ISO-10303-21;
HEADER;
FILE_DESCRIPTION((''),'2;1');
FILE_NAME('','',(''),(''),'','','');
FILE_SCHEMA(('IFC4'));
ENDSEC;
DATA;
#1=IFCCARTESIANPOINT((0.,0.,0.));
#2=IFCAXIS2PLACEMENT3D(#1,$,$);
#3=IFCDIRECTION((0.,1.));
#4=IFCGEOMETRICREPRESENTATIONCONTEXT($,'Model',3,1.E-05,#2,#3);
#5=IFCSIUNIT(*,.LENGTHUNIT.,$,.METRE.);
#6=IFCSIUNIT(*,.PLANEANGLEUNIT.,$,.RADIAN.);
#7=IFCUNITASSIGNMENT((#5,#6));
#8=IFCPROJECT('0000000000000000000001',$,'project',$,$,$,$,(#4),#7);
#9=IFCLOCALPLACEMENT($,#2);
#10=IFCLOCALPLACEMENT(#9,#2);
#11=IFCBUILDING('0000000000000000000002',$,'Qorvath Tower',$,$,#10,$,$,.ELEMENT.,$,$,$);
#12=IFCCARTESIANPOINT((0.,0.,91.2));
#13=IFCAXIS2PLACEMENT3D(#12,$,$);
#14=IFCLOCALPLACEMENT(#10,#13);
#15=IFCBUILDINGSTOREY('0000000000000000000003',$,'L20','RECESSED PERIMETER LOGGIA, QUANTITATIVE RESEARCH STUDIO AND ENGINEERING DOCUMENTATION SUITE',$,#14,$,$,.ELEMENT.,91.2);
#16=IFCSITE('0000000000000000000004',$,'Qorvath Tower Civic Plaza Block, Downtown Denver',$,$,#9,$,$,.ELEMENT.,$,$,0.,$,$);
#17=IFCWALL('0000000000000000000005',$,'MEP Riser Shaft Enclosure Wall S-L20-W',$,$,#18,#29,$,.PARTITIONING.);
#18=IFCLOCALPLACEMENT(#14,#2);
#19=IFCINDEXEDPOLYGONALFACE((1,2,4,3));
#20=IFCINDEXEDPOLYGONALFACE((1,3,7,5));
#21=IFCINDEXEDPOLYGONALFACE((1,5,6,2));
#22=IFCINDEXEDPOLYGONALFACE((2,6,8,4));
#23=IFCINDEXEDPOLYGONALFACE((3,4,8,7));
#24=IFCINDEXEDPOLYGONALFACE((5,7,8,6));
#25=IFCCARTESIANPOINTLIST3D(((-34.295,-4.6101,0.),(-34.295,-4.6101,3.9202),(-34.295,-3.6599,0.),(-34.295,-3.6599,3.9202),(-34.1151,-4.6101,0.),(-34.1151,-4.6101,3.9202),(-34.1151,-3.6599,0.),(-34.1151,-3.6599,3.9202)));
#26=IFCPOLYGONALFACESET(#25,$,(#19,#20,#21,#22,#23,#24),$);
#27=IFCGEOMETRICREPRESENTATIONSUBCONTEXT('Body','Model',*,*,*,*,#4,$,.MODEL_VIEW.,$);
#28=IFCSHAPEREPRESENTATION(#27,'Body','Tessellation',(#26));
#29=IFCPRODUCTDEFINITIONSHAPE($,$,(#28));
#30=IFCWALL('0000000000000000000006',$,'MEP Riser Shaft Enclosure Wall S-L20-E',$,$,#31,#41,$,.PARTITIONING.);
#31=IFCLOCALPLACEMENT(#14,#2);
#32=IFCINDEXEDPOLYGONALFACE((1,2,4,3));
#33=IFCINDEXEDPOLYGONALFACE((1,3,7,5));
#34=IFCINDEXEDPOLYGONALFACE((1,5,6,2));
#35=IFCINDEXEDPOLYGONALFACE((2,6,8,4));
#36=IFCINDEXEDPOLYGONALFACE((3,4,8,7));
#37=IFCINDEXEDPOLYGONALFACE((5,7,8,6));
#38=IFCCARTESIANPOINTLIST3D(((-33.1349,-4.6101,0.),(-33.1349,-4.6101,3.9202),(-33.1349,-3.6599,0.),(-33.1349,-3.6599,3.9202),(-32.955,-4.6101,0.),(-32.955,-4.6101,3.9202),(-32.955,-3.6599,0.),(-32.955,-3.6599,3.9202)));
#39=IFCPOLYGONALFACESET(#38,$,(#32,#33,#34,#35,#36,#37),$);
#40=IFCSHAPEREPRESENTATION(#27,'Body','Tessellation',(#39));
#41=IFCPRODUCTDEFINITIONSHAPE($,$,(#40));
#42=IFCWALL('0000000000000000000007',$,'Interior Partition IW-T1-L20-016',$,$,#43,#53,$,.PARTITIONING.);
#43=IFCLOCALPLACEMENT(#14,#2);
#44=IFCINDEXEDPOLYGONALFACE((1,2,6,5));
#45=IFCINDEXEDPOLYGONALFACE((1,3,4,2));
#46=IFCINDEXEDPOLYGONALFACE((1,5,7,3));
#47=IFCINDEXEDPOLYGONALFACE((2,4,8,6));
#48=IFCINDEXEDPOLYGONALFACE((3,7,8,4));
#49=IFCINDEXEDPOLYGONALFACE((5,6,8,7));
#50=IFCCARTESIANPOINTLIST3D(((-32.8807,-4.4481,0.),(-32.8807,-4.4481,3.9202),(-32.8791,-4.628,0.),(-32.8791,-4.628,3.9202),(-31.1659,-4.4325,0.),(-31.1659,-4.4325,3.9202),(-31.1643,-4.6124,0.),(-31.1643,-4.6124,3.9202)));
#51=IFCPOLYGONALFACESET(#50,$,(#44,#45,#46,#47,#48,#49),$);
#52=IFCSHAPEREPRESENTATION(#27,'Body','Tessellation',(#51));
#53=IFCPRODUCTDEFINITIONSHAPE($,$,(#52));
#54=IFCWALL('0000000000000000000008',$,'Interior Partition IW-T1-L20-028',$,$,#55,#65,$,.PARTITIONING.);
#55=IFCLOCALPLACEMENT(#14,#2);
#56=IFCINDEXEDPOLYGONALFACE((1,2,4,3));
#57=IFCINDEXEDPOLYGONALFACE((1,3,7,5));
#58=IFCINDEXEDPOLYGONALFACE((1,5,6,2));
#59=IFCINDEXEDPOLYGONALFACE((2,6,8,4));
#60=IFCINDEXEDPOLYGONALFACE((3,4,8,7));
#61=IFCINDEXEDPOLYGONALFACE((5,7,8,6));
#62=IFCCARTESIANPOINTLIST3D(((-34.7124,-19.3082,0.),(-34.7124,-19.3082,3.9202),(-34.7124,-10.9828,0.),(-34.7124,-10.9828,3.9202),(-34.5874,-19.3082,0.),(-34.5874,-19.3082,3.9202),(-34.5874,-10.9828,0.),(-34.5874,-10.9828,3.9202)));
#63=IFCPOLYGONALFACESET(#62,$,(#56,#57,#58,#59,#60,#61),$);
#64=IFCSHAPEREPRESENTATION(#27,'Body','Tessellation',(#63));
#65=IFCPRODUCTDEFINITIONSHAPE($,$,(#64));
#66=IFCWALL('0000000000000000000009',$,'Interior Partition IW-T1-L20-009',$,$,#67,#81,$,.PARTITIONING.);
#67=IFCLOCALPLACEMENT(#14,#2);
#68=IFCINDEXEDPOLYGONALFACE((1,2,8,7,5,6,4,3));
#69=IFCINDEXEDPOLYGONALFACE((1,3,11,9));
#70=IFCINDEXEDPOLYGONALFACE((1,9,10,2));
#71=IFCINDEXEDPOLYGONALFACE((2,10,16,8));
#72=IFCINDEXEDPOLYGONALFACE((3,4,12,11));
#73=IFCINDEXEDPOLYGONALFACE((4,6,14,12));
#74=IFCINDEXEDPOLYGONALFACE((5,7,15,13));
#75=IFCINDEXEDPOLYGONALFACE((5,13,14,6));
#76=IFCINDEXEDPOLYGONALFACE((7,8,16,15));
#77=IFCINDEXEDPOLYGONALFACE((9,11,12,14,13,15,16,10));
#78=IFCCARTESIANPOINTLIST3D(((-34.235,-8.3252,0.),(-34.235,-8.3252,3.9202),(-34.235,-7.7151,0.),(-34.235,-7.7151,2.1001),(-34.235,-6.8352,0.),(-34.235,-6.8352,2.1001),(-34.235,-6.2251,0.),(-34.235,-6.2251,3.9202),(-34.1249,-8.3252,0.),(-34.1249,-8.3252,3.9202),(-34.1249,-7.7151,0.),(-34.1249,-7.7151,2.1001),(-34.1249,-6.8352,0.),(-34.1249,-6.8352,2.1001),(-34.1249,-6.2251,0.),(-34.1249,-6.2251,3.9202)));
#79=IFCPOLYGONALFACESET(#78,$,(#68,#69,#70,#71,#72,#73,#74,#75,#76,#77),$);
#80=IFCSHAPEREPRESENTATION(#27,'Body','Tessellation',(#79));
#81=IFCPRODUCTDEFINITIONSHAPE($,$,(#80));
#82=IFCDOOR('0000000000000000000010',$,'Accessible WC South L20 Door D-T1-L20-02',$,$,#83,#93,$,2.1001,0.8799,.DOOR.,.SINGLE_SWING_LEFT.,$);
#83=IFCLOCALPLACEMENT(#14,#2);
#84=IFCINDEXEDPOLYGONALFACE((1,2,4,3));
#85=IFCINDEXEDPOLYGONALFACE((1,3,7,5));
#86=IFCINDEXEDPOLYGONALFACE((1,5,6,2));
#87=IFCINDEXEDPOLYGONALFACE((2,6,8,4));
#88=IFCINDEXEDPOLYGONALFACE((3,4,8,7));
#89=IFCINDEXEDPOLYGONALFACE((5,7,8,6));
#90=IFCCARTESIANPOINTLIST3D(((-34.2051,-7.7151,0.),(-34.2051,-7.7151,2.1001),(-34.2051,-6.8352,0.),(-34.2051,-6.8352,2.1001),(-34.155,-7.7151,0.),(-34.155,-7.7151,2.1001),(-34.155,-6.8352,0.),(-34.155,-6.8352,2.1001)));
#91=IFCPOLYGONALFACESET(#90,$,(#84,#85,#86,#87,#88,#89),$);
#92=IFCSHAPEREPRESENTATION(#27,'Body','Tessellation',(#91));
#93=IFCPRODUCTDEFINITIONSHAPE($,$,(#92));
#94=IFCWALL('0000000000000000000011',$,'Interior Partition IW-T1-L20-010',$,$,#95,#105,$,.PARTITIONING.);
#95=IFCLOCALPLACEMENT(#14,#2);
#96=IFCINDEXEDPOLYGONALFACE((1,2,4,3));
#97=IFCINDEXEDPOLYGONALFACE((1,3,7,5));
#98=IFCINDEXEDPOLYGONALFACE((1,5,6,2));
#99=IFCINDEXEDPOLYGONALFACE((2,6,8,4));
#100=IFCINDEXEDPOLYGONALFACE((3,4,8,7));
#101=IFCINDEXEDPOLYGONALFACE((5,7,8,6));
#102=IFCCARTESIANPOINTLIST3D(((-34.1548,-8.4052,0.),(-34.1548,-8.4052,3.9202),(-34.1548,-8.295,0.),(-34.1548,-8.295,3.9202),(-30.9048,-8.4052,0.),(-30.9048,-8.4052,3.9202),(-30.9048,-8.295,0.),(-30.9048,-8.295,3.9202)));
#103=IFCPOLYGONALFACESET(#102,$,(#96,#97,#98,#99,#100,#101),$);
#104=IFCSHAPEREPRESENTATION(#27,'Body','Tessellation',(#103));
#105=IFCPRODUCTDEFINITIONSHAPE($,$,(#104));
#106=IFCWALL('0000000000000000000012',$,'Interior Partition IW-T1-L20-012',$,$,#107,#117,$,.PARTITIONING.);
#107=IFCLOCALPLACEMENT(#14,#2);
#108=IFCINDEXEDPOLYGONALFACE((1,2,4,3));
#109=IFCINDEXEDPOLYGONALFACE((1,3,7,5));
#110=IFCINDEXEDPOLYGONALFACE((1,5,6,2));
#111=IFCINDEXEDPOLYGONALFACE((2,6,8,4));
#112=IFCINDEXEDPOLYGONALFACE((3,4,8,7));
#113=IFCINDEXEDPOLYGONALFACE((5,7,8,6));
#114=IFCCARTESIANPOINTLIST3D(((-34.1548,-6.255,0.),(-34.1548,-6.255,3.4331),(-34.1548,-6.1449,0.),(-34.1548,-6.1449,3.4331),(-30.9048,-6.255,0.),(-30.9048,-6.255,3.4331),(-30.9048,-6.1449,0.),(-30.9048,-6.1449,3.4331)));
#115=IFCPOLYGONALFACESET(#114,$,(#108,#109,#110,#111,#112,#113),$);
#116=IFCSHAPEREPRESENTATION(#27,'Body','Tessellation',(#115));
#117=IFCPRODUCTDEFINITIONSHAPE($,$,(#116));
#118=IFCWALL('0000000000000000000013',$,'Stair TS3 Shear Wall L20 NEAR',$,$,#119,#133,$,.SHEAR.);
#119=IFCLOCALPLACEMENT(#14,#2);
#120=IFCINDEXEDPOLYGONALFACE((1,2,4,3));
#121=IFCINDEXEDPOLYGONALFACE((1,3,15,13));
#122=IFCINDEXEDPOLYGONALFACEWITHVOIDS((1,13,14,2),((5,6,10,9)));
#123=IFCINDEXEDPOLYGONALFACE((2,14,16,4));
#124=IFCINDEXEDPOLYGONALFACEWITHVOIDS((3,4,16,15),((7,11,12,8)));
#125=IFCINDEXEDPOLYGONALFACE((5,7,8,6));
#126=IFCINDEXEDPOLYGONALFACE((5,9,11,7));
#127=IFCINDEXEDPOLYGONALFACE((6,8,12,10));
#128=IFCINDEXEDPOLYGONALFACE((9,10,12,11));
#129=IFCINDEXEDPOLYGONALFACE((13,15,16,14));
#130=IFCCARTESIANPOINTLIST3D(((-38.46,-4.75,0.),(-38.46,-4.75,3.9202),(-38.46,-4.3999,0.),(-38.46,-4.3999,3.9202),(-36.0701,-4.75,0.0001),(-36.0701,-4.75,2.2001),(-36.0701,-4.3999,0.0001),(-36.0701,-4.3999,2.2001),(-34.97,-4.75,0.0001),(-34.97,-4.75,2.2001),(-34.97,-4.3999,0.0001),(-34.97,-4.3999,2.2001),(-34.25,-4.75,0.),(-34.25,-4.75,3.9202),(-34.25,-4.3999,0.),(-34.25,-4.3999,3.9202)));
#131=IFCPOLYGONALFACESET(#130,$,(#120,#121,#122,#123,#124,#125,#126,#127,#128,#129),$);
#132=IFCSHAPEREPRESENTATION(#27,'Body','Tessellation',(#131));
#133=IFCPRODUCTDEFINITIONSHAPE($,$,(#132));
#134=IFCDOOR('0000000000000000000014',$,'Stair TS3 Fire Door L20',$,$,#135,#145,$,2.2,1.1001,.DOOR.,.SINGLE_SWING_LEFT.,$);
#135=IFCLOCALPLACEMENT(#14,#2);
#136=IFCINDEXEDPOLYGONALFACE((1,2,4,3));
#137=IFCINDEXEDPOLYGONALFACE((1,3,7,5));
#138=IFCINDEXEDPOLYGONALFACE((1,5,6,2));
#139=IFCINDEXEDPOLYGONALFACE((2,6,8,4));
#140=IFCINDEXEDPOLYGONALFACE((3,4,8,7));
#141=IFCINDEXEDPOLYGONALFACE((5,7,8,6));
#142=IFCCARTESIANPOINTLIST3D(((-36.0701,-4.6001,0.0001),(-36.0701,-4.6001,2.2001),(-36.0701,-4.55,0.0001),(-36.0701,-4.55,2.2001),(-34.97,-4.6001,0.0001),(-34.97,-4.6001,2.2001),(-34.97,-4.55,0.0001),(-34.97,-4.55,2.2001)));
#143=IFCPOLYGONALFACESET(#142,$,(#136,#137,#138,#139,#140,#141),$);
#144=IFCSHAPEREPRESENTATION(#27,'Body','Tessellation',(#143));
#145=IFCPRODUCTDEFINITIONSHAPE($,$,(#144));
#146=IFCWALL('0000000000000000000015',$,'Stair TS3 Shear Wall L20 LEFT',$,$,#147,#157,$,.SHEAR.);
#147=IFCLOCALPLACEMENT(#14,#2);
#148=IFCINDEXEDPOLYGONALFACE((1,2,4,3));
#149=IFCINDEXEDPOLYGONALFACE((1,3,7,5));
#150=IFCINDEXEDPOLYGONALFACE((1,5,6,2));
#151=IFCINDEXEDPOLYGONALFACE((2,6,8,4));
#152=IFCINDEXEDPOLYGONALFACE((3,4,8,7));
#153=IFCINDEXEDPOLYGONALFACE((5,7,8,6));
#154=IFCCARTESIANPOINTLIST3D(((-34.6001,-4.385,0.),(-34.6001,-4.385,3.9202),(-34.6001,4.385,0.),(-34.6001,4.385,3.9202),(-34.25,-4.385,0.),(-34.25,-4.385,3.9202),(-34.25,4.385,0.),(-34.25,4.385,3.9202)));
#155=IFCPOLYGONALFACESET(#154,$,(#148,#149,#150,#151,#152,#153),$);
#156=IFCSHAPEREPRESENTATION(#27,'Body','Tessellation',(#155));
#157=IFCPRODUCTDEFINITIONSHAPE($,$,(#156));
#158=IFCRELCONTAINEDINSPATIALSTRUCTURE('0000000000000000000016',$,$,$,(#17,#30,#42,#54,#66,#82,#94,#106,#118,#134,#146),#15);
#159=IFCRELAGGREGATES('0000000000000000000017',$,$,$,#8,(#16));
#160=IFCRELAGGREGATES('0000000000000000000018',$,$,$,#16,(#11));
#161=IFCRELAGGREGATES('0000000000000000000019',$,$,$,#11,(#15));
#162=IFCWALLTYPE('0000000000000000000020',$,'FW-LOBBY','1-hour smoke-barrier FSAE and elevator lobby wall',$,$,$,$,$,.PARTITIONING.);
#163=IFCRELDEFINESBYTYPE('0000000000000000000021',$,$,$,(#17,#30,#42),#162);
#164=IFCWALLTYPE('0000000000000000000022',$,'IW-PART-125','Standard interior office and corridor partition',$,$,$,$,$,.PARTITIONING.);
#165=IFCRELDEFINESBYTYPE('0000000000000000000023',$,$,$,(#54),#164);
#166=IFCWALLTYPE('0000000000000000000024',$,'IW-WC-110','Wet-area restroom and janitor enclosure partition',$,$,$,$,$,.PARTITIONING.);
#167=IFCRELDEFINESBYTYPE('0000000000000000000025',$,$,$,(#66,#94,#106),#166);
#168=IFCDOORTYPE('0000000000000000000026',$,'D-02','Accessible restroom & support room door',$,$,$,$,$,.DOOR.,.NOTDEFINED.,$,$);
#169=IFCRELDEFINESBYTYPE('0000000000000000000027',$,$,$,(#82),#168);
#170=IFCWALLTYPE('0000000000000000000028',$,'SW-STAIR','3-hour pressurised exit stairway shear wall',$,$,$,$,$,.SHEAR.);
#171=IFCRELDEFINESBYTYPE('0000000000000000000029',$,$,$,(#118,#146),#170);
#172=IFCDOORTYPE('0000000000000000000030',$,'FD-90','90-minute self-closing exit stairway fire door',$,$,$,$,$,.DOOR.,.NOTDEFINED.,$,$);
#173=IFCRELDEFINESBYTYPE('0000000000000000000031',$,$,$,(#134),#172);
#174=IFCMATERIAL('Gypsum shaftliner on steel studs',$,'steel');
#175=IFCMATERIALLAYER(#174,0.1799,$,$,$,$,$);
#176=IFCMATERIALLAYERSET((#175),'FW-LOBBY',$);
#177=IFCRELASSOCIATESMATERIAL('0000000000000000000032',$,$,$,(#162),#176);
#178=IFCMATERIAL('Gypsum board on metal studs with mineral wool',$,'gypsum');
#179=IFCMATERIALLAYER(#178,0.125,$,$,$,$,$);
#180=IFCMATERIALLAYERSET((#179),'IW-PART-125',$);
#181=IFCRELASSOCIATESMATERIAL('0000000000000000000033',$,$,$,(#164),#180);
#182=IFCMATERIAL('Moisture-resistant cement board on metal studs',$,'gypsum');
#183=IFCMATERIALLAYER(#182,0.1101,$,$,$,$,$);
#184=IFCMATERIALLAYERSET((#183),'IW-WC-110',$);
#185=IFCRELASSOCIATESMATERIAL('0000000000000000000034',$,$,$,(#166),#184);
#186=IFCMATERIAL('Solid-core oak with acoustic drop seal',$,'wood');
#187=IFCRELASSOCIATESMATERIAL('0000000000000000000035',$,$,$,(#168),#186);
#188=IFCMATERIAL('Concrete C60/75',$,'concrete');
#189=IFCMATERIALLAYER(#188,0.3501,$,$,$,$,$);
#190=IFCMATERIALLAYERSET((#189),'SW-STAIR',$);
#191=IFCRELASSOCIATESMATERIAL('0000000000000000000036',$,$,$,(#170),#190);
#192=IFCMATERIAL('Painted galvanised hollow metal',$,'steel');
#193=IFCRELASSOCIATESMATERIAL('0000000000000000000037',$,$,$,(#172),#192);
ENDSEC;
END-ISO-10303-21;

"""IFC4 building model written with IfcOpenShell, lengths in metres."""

from ifc_helpers import new_model, si_unit, direction, frame, frame_2d, origin, place, context, subcontext, project, spatial, rectangle, extrude, material, layer, layer_set, type_object, element, fill, save


model = new_model("IFC4")

# Units and contexts
model_context = context("Model", 3, precision=1e-05, world=origin(), true_north=direction((0.0, 1.0)))
body_context = subcontext(model_context, "Body", "Model", "MODEL_VIEW")
ifc_project = project(units=[si_unit("LENGTHUNIT", "METRE"), si_unit("PLANEANGLEUNIT", "RADIAN")], contexts=[model_context])

# Site, building, storey
site_placement = place(None, origin())
site = spatial("IfcSite", under=ifc_project, at=site_placement, Name="Qorvath Tower Civic Plaza Block, Downtown Denver", CompositionType="ELEMENT", RefElevation=0.0)
building_placement = place(site_placement, origin())
building = spatial("IfcBuilding", under=site, at=building_placement, Name="Qorvath Tower", CompositionType="ELEMENT")
storey_placement = place(building_placement, frame((0.0, 0.0, 91.2)))
storey = spatial("IfcBuildingStorey", under=building, at=storey_placement, Name="L20", Description="RECESSED PERIMETER LOGGIA, QUANTITATIVE RESEARCH STUDIO AND ENGINEERING DOCUMENTATION SUITE", CompositionType="ELEMENT", Elevation=91.2)

# Walls
ifc_material_1 = material(Name="Gypsum shaftliner on steel studs", Category="steel")
ifc_layer_1 = layer(ifc_material_1, 0.1799)
ifc_layer_set_1 = layer_set([ifc_layer_1], Name="FW-LOBBY")
wall_type_1 = type_object("IfcWallType", Name="FW-LOBBY", Description="1-hour smoke-barrier FSAE and elevator lobby wall", PredefinedType="PARTITIONING", material=ifc_layer_set_1)
for number, where, z_axis, x_axis, name in (
    (1, (-34.2051, -4.6101, 0.0), (0.0, 0.0, 1.0), (0.0, 1.0, 0.0), "MEP Riser Shaft Enclosure Wall S-L20-W"),
    (2, (-33.0449, -3.6599, 0.0), (0.0, 0.0, 1.0), (0.0, -1.0, 0.0), "MEP Riser Shaft Enclosure Wall S-L20-E"),
):
    element("IfcWall", number, at=place(storey_placement, frame(where, z_axis=z_axis, x_axis=x_axis)), inside=storey, type_object=wall_type_1, Name=name, PredefinedType="PARTITIONING", context=body_context, shape_type="SweptSolid", body=[
        extrude(rectangle(XDim=0.9502, YDim=0.1799, at=frame_2d((0.4751, 0.0))), origin(), (0.0, 0.0, 1.0), 3.9202),
    ])
wall_1_placement = place(storey_placement, frame((-32.8799, -4.5381, 0.0), z_axis=(0.0, 0.0, 1.0), x_axis=(0.999958, 0.009111, 0.0)))
element("IfcWall", 3, at=wall_1_placement, inside=storey, type_object=wall_type_1, Name="Interior Partition IW-T1-L20-016", PredefinedType="PARTITIONING", context=body_context, shape_type="SweptSolid", body=[
    extrude(rectangle(XDim=1.7148, YDim=0.1799, at=frame_2d((0.8574, 0.0))), origin(), (0.0, 0.0, 1.0), 3.9202),
])
ifc_material_2 = material(Name="Gypsum board on metal studs with mineral wool", Category="gypsum")
ifc_layer_2 = layer(ifc_material_2, 0.125)
ifc_layer_set_2 = layer_set([ifc_layer_2], Name="IW-PART-125")
wall_type_2 = type_object("IfcWallType", Name="IW-PART-125", Description="Standard interior office and corridor partition", PredefinedType="PARTITIONING", material=ifc_layer_set_2)
wall_2_placement = place(storey_placement, frame((-34.6499, -10.9829, 0.0), z_axis=(0.0, 0.0, 1.0), x_axis=(0.0, -1.0, 0.0)))
element("IfcWall", 4, at=wall_2_placement, inside=storey, type_object=wall_type_2, Name="Interior Partition IW-T1-L20-028", PredefinedType="PARTITIONING", context=body_context, shape_type="SweptSolid", body=[
    extrude(rectangle(XDim=8.3254, YDim=0.125, at=frame_2d((4.1626, 0.0))), origin(), (0.0, 0.0, 1.0), 3.9202),
])

# Wall, opening, door
ifc_material_3 = material(Name="Moisture-resistant cement board on metal studs", Category="gypsum")
ifc_layer_3 = layer(ifc_material_3, 0.1101)
ifc_layer_set_3 = layer_set([ifc_layer_3], Name="IW-WC-110")
wall_type_3 = type_object("IfcWallType", Name="IW-WC-110", Description="Wet-area restroom and janitor enclosure partition", PredefinedType="PARTITIONING", material=ifc_layer_set_3)
wall_3_placement = place(storey_placement, frame((-34.1799, -6.2251, 0.0), z_axis=(0.0, 0.0, 1.0), x_axis=(0.0, -1.0, 0.0)))
wall_3 = element("IfcWall", 5, at=wall_3_placement, inside=storey, type_object=wall_type_3, Name="Interior Partition IW-T1-L20-009", PredefinedType="PARTITIONING", context=body_context, shape_type="SweptSolid", body=[
    extrude(rectangle(XDim=2.1001, YDim=0.1101, at=frame_2d((1.05, 0.0))), origin(), (0.0, 0.0, 1.0), 3.9202),
])
opening_1_placement = place(wall_3_placement, frame((0.6101, 0.0, 0.0)))
opening_1 = element("IfcOpeningElement", 6, at=opening_1_placement, cuts=wall_3, PredefinedType="OPENING", context=body_context, shape_type="SweptSolid", body=[
    extrude(rectangle(XDim=0.8799, YDim=2.1001, at=frame_2d((0.4399, 1.05))), frame((0.0, 0.0649, 0.0), z_axis=(0.0, -1.0, 0.0), x_axis=(1.0, 0.0, 0.0)), (0.0, 0.0, 1.0), 0.1301),
])
ifc_material_4 = material(Name="Solid-core oak with acoustic drop seal", Category="wood")
door_type_1 = type_object("IfcDoorType", Name="D-02", Description="Accessible restroom & support room door", OperationType="NOTDEFINED", PredefinedType="DOOR", material=ifc_material_4)
door_1_placement = place(opening_1_placement, origin())
door_1 = element("IfcDoor", 7, at=door_1_placement, inside=storey, type_object=door_type_1, Name="Accessible WC South L20 Door D-T1-L20-02", OperationType="SINGLE_SWING_LEFT", OverallHeight=2.1001, OverallWidth=0.8799, PredefinedType="DOOR", context=body_context, shape_type="SweptSolid", body=[
    extrude(rectangle(XDim=0.8799, YDim=2.1001, at=frame_2d((0.4399, 1.05))), frame((0.0, 0.0249, 0.0), z_axis=(0.0, -1.0, 0.0), x_axis=(1.0, 0.0, 0.0)), (0.0, 0.0, 1.0), 0.05),
])
fill(opening_1, door_1)

# Walls
wall_4_placement = place(storey_placement, frame((-34.1548, -8.3501, 0.0), z_axis=(0.0, 0.0, 1.0), x_axis=(1.0, 0.0, 0.0)))
element("IfcWall", 8, at=wall_4_placement, inside=storey, type_object=wall_type_3, Name="Interior Partition IW-T1-L20-010", PredefinedType="PARTITIONING", context=body_context, shape_type="SweptSolid", body=[
    extrude(rectangle(XDim=3.25, YDim=0.1101, at=frame_2d((1.625, 0.0))), origin(), (0.0, 0.0, 1.0), 3.9202),
])
wall_5_placement = place(storey_placement, frame((-30.9048, -6.2, 0.0), z_axis=(0.0, 0.0, 1.0), x_axis=(-1.0, 0.0, 0.0)))
element("IfcWall", 9, at=wall_5_placement, inside=storey, type_object=wall_type_3, Name="Interior Partition IW-T1-L20-012", PredefinedType="PARTITIONING", context=body_context, shape_type="SweptSolid", body=[
    extrude(rectangle(XDim=3.25, YDim=0.1101, at=frame_2d((1.625, 0.0))), origin(), (0.0, 0.0, 1.0), 3.4331),
])

# Wall, opening, door
ifc_material_5 = material(Name="Concrete C60/75", Category="concrete")
ifc_layer_4 = layer(ifc_material_5, 0.3501)
ifc_layer_set_4 = layer_set([ifc_layer_4], Name="SW-STAIR")
wall_type_4 = type_object("IfcWallType", Name="SW-STAIR", Description="3-hour pressurised exit stairway shear wall", PredefinedType="SHEAR", material=ifc_layer_set_4)
wall_6_placement = place(storey_placement, frame((-38.46, -4.575, 0.0), z_axis=(0.0, 0.0, 1.0), x_axis=(1.0, 0.0, 0.0)))
wall_6 = element("IfcWall", 10, at=wall_6_placement, inside=storey, type_object=wall_type_4, Name="Stair TS3 Shear Wall L20 NEAR", PredefinedType="SHEAR", context=body_context, shape_type="SweptSolid", body=[
    extrude(rectangle(XDim=4.21, YDim=0.3501, at=frame_2d((2.105, 0.0))), origin(), (0.0, 0.0, 1.0), 3.9202),
])
opening_2_placement = place(wall_6_placement, frame((2.3899, 0.0, 0.0)))
opening_2 = element("IfcOpeningElement", 11, at=opening_2_placement, cuts=wall_6, PredefinedType="OPENING", context=body_context, shape_type="SweptSolid", body=[
    extrude(rectangle(XDim=1.1001, YDim=2.2, at=frame_2d((0.55, 1.1001))), frame((0.0, 0.1851, 0.0), z_axis=(0.0, -1.0, 0.0), x_axis=(1.0, 0.0, 0.0)), (0.0, 0.0, 1.0), 0.3701),
])
ifc_material_6 = material(Name="Painted galvanised hollow metal", Category="steel")
door_type_2 = type_object("IfcDoorType", Name="FD-90", Description="90-minute self-closing exit stairway fire door", OperationType="NOTDEFINED", PredefinedType="DOOR", material=ifc_material_6)
door_2_placement = place(opening_2_placement, origin())
door_2 = element("IfcDoor", 12, at=door_2_placement, inside=storey, type_object=door_type_2, Name="Stair TS3 Fire Door L20", OperationType="SINGLE_SWING_LEFT", OverallHeight=2.2, OverallWidth=1.1001, PredefinedType="DOOR", context=body_context, shape_type="SweptSolid", body=[
    extrude(rectangle(XDim=1.1001, YDim=2.2, at=frame_2d((0.55, 1.1001))), frame((0.0, 0.0249, 0.0), z_axis=(0.0, -1.0, 0.0), x_axis=(1.0, 0.0, 0.0)), (0.0, 0.0, 1.0), 0.05),
])
fill(opening_2, door_2)

# Wall
wall_7_placement = place(storey_placement, frame((-34.425, -4.385, 0.0), z_axis=(0.0, 0.0, 1.0), x_axis=(0.0, 1.0, 0.0)))
element("IfcWall", 13, at=wall_7_placement, inside=storey, type_object=wall_type_4, Name="Stair TS3 Shear Wall L20 LEFT", PredefinedType="SHEAR", context=body_context, shape_type="SweptSolid", body=[
    extrude(rectangle(XDim=8.77, YDim=0.3501, at=frame_2d((4.385, 0.0))), origin(), (0.0, 0.0, 1.0), 3.9202),
])

save(model, "model.ifc")
